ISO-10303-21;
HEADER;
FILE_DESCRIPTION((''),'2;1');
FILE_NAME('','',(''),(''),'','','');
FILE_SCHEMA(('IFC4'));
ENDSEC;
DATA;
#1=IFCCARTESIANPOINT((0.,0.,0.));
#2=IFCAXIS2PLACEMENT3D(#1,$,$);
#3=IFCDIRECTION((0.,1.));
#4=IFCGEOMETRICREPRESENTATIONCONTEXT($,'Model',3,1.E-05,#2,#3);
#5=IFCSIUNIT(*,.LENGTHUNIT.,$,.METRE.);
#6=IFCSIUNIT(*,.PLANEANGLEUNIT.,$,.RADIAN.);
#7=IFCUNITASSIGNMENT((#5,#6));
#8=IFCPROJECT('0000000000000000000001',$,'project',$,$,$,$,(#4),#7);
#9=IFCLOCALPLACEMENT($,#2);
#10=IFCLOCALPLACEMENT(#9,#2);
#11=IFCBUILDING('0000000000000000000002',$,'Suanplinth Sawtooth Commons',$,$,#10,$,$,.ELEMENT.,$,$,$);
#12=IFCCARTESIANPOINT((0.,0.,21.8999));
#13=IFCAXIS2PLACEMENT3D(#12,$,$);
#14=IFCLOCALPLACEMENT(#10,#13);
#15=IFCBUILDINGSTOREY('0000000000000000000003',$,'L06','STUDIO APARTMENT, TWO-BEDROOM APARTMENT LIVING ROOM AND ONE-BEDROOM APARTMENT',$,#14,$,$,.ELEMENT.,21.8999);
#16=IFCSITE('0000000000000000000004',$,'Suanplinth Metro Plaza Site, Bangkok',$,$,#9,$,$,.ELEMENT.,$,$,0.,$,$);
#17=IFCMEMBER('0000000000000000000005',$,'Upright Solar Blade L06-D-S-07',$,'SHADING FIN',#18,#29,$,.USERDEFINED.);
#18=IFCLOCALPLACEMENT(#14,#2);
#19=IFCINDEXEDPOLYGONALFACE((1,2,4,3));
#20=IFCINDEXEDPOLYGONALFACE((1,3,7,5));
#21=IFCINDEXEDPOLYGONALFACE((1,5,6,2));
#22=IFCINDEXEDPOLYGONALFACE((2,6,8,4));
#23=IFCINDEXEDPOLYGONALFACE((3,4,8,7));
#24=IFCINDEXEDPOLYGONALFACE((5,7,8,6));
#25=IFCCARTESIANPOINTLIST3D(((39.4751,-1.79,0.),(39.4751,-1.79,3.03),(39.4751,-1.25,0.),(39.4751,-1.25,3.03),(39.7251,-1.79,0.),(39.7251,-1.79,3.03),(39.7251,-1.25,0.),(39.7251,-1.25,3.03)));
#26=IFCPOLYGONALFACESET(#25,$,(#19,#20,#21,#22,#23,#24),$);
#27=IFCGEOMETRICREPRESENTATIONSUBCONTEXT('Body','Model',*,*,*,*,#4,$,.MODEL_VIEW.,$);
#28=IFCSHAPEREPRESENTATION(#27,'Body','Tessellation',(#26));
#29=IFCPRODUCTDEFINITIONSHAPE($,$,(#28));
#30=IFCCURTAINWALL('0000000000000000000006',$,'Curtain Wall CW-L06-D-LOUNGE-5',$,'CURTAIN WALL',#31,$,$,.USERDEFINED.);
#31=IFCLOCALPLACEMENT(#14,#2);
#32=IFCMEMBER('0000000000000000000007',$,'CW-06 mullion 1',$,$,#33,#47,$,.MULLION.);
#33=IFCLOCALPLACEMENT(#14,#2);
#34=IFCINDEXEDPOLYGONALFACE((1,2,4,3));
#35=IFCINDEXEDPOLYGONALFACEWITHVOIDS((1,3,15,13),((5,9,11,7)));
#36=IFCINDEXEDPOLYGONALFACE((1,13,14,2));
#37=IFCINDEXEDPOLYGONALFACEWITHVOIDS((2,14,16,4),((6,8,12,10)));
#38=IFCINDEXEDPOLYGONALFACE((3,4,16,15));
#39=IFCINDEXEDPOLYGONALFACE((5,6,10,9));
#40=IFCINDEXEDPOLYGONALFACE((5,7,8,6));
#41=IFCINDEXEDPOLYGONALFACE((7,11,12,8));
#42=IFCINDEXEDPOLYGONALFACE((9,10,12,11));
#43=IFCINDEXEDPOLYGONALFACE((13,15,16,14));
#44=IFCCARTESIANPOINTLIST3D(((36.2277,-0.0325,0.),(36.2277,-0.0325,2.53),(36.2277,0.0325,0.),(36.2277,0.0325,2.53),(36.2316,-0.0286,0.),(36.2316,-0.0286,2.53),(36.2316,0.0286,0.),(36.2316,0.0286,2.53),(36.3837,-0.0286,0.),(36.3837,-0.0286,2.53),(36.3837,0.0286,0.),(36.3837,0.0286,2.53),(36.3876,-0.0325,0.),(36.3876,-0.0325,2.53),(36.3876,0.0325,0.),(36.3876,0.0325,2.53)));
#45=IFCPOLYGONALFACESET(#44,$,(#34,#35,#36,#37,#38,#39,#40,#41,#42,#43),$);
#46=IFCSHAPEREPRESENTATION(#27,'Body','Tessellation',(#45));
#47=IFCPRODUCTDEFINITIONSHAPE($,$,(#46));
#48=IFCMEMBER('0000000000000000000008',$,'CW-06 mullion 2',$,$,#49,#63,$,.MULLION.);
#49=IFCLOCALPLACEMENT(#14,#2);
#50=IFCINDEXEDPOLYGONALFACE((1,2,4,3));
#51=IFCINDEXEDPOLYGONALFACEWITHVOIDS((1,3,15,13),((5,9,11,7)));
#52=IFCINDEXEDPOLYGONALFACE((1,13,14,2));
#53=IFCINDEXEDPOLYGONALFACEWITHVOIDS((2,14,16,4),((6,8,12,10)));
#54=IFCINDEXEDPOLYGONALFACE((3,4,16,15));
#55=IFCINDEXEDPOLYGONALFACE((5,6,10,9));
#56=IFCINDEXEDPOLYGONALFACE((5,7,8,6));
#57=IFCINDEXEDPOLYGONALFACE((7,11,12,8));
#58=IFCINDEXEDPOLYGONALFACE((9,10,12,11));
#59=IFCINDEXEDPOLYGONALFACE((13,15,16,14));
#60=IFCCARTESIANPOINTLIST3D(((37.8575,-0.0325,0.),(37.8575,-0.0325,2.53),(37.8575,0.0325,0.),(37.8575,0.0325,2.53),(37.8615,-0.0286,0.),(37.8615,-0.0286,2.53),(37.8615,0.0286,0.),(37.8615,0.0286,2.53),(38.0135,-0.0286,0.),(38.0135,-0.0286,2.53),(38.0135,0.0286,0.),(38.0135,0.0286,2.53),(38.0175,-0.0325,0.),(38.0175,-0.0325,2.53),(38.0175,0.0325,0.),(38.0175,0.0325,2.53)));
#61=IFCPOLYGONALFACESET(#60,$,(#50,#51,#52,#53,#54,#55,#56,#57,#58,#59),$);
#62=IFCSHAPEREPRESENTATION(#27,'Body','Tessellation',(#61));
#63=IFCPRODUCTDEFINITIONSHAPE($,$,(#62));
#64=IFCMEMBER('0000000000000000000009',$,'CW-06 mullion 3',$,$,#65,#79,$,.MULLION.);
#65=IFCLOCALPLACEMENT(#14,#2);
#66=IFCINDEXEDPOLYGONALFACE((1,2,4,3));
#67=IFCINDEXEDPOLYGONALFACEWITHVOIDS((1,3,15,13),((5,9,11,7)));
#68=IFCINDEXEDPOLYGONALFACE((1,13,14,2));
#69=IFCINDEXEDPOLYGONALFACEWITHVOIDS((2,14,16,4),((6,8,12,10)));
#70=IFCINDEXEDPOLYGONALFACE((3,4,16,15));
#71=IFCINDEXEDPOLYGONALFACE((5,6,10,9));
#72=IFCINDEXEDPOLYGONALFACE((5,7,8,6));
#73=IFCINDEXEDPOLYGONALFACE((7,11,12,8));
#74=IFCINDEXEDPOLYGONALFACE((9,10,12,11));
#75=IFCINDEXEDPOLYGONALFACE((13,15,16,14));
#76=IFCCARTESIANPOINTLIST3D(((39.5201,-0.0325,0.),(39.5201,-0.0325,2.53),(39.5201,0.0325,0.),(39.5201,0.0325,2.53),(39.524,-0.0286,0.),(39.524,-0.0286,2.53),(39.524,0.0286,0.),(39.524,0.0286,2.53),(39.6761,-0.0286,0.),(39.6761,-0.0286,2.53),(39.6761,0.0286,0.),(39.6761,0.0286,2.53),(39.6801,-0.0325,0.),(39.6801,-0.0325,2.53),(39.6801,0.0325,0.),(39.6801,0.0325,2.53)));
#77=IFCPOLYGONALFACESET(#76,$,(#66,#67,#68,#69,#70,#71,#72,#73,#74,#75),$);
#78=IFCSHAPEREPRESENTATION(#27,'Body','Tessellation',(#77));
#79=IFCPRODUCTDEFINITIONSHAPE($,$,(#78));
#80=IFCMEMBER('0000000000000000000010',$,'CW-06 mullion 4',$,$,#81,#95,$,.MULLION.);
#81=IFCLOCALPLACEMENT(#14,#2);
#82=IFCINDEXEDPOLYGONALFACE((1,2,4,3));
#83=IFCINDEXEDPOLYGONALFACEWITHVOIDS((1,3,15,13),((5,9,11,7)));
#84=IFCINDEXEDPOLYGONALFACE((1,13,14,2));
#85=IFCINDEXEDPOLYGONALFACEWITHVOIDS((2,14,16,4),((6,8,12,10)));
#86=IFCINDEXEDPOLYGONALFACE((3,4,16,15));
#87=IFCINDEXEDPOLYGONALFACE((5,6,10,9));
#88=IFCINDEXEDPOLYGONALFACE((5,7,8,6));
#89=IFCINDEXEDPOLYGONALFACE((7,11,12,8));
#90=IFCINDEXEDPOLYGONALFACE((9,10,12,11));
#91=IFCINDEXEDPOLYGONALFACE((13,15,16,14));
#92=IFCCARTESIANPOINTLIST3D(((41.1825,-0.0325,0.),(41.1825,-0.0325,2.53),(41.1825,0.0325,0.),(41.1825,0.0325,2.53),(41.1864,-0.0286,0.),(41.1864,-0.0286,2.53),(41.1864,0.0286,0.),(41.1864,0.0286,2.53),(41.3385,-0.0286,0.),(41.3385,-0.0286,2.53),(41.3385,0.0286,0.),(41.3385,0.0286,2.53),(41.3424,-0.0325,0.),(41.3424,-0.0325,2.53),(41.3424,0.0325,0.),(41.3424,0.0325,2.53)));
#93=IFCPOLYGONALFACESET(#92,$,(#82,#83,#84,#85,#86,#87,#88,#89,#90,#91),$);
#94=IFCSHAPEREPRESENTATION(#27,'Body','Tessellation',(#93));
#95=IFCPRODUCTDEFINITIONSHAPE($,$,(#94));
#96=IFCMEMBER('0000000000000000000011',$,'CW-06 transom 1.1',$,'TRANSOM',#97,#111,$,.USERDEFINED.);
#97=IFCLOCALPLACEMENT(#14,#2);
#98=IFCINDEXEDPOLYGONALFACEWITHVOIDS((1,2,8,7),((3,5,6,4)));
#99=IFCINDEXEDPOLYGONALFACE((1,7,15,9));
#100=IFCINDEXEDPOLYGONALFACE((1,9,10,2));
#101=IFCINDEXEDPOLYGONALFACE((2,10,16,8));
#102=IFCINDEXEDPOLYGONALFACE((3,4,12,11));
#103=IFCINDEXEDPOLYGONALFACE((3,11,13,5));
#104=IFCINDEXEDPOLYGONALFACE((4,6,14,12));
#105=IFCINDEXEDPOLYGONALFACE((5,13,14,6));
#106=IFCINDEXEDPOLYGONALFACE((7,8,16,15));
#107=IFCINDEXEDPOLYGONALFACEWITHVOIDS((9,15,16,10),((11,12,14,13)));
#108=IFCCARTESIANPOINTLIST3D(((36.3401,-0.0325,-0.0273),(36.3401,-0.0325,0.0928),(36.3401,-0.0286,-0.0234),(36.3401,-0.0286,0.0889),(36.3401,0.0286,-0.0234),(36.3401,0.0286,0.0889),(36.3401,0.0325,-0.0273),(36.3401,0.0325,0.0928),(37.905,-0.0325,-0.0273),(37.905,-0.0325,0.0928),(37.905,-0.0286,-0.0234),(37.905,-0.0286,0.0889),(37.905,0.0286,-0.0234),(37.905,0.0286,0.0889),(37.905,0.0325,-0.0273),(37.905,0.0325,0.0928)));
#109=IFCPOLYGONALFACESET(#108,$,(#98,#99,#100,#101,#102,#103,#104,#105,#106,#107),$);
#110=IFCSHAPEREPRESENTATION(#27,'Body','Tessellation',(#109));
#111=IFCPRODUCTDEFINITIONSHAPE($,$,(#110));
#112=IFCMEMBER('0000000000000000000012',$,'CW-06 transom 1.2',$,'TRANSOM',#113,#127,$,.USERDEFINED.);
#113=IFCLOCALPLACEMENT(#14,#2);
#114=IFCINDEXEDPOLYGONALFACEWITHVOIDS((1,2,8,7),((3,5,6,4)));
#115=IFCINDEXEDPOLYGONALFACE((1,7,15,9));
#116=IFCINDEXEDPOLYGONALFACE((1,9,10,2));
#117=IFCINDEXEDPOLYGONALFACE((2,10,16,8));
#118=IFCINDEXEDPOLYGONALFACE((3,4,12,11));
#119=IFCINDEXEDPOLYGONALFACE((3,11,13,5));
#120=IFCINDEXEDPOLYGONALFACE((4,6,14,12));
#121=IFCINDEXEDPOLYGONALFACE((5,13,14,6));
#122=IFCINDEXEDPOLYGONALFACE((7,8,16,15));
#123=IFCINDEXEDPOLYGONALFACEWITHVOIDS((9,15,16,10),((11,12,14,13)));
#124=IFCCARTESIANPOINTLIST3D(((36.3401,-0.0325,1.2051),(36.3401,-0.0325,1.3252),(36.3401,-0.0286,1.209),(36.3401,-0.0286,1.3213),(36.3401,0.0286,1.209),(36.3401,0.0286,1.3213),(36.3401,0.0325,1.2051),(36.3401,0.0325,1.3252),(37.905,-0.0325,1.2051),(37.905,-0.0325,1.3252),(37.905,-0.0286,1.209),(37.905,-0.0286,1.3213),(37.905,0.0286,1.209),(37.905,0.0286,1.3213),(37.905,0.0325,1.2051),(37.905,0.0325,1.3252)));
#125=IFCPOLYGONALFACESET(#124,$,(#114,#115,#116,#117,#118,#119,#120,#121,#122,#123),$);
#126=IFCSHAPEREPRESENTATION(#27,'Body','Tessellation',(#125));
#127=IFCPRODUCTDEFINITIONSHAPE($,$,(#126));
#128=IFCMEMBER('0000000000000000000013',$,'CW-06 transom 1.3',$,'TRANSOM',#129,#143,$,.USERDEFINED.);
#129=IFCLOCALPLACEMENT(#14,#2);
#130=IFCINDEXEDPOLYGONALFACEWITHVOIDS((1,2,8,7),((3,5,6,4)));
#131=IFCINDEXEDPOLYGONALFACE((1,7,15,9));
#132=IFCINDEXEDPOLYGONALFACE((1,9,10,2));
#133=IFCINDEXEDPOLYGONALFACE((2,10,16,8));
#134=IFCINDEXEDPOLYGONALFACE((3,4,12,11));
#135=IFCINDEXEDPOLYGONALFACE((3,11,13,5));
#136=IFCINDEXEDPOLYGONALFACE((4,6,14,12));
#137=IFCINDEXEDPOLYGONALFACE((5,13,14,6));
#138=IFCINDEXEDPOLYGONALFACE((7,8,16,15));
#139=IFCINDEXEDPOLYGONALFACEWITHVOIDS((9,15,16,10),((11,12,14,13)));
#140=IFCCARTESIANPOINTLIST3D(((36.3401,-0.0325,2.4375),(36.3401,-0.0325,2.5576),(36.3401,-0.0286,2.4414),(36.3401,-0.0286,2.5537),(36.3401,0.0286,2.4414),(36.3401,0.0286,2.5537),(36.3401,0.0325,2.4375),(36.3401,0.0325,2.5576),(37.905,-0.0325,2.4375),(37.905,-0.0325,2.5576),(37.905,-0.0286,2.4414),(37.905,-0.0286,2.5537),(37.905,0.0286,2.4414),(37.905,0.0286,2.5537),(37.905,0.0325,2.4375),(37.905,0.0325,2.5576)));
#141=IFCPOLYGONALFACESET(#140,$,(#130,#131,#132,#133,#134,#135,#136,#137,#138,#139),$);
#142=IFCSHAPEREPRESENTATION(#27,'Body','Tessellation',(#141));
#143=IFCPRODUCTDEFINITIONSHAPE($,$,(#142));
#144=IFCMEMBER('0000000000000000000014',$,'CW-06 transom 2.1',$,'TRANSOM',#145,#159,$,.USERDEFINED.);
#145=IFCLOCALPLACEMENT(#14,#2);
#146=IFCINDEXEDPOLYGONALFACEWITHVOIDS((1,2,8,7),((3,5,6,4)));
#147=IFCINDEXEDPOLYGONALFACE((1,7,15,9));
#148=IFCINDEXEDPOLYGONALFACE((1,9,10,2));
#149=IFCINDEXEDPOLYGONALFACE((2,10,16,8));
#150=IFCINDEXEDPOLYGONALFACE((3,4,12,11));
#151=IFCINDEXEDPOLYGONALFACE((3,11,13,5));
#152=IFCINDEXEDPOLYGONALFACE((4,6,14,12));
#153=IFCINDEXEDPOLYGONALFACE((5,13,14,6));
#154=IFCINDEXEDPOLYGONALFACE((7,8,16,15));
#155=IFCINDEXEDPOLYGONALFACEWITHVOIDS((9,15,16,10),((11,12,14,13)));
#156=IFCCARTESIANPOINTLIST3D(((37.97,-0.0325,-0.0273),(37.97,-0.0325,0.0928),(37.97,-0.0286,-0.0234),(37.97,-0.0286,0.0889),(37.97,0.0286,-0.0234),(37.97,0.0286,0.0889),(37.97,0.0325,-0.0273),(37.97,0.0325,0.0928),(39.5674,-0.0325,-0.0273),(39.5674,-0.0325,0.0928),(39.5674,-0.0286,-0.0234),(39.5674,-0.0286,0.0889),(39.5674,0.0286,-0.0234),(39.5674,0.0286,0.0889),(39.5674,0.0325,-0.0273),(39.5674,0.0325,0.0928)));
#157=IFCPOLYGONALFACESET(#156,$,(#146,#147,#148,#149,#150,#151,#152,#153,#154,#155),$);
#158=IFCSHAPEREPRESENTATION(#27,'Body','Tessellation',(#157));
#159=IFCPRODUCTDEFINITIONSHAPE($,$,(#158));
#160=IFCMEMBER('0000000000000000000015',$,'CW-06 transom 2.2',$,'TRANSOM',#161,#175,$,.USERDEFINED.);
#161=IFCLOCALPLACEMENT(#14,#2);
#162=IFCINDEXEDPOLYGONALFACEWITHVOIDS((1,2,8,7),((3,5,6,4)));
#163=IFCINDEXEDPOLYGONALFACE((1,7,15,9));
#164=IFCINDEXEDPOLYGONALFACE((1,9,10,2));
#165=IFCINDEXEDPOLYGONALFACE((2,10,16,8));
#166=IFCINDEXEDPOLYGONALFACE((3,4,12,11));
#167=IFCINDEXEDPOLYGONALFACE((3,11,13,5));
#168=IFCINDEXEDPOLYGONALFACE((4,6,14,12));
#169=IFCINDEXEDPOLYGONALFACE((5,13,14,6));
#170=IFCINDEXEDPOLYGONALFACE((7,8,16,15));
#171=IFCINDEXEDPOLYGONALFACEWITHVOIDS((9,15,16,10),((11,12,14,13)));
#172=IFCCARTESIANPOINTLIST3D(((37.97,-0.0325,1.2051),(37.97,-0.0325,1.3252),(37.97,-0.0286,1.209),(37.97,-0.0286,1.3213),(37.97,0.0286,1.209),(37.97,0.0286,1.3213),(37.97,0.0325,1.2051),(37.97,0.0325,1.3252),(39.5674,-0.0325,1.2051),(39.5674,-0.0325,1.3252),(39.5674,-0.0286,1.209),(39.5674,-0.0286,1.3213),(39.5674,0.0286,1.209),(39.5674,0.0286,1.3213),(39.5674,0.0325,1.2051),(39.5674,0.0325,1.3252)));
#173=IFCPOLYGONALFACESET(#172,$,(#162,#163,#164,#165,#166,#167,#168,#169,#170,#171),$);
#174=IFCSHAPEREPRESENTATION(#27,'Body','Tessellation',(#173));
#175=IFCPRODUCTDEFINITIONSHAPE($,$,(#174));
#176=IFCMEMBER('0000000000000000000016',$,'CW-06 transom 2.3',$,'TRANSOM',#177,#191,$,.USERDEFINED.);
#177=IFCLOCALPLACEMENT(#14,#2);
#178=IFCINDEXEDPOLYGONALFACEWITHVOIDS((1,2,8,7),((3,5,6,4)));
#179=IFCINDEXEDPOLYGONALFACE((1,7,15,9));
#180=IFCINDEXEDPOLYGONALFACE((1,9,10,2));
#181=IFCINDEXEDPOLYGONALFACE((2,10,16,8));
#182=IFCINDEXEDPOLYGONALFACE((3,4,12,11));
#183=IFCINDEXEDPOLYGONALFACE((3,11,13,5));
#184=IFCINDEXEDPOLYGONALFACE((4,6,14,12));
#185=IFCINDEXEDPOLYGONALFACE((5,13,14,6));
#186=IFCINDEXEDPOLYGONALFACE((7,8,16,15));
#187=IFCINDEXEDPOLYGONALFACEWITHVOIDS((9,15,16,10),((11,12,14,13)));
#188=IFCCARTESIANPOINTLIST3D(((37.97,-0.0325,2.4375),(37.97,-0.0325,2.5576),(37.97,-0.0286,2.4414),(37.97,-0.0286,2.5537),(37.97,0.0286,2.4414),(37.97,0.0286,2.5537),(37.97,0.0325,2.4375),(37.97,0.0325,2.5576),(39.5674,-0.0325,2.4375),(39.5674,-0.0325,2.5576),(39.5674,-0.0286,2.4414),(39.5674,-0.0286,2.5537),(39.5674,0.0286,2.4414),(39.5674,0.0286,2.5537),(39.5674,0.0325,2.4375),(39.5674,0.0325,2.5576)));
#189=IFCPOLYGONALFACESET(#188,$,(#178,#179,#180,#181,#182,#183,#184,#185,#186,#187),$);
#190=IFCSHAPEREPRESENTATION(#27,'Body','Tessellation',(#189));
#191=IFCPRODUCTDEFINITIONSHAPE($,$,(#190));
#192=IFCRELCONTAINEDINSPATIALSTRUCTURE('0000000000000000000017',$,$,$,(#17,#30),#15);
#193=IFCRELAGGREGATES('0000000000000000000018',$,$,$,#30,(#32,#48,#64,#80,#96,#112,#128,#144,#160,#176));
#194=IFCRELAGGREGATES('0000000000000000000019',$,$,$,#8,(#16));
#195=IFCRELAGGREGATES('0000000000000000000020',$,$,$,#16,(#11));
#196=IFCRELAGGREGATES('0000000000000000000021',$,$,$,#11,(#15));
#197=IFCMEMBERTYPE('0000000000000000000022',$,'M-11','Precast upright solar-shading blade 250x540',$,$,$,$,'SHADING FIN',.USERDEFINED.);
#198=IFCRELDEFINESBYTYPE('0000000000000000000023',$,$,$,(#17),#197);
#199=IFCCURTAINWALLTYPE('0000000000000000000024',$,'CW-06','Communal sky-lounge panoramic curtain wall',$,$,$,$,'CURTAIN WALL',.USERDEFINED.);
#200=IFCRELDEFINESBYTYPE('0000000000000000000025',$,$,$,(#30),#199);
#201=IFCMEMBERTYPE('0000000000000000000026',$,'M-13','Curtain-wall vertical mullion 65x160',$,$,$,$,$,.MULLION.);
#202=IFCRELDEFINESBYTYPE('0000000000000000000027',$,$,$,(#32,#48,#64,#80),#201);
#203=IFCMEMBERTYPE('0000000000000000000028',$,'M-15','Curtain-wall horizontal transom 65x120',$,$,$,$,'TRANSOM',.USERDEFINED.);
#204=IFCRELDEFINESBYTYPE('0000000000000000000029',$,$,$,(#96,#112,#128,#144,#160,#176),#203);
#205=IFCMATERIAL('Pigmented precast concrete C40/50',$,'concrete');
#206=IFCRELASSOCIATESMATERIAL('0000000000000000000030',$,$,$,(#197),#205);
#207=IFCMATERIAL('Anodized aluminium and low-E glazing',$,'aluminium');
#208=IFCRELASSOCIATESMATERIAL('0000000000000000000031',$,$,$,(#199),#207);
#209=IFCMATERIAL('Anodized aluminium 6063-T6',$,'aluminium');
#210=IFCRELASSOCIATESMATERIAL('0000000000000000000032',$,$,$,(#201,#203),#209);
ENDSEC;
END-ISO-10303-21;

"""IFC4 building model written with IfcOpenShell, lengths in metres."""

from ifc_helpers import new_model, si_unit, direction, frame, origin, origin_2d, place, context, subcontext, project, spatial, rectangle, hollow_rectangle, extrude, material, material_profile, profile_set, type_object, element, aggregate, save


model = new_model("IFC4")

# Units and contexts
model_context = context("Model", 3, precision=1e-05, world=origin(), true_north=direction((0.0, 1.0)))
body_context = subcontext(model_context, "Body", "Model", "MODEL_VIEW")
ifc_project = project(units=[si_unit("LENGTHUNIT", "METRE"), si_unit("PLANEANGLEUNIT", "RADIAN")], contexts=[model_context])

# Site, building, storey
site_placement = place(None, origin())
site = spatial("IfcSite", under=ifc_project, at=site_placement, Name="Suanplinth Metro Plaza Site, Bangkok", CompositionType="ELEMENT", RefElevation=0.0)
building_placement = place(site_placement, origin())
building = spatial("IfcBuilding", under=site, at=building_placement, Name="Suanplinth Sawtooth Commons", CompositionType="ELEMENT")
storey_placement = place(building_placement, frame((0.0, 0.0, 21.8999)))
storey = spatial("IfcBuildingStorey", under=building, at=storey_placement, Name="L06", Description="STUDIO APARTMENT, TWO-BEDROOM APARTMENT LIVING ROOM AND ONE-BEDROOM APARTMENT", CompositionType="ELEMENT", Elevation=21.8999)

# Member
ifc_material_1 = material(Name="Pigmented precast concrete C40/50", Category="concrete")
ifc_material_profile_1 = material_profile(ifc_material_1, rectangle(XDim=0.25, YDim=0.54, at=origin_2d()), Name="PC-FIN 250x540")
ifc_profile_set_1 = profile_set([ifc_material_profile_1], Name="Pigmented precast concrete C40/50")
member_type_1 = type_object("IfcMemberType", Name="M-11", Description="Precast upright solar-shading blade 250x540", ElementType="SHADING FIN", PredefinedType="USERDEFINED", material=ifc_profile_set_1)
member_1_placement = place(storey_placement, frame((39.6001, -1.52, 0.0), z_axis=(0.0, 0.0, 1.0), x_axis=(1.0, 0.0, 0.0)))
element("IfcMember", 1, at=member_1_placement, inside=storey, type_object=member_type_1, Name="Upright Solar Blade L06-D-S-07", ObjectType="SHADING FIN", PredefinedType="USERDEFINED", context=body_context, shape_type="SweptSolid", body=[
    extrude(rectangle(XDim=0.25, YDim=0.54, at=origin_2d()), origin(), (0.0, 0.0, 1.0), 3.03),
])

# Curtain wall, members
ifc_material_2 = material(Name="Anodized aluminium and low-E glazing", Category="aluminium")
curtain_wall_type = type_object("IfcCurtainWallType", Name="CW-06", Description="Communal sky-lounge panoramic curtain wall", ElementType="CURTAIN WALL", PredefinedType="USERDEFINED", material=ifc_material_2)
curtain_wall_placement = place(storey_placement, origin())
curtain_wall = element("IfcCurtainWall", 2, at=curtain_wall_placement, inside=storey, type_object=curtain_wall_type, Name="Curtain Wall CW-L06-D-LOUNGE-5", ObjectType="CURTAIN WALL", PredefinedType="USERDEFINED")
ifc_material_3 = material(Name="Anodized aluminium 6063-T6", Category="aluminium")
ifc_material_profile_2 = material_profile(ifc_material_3, hollow_rectangle(XDim=0.0649, YDim=0.1599, WallThickness=0.0039, at=origin_2d()), Name="ALU-MUL 65x160")
ifc_profile_set_2 = profile_set([ifc_material_profile_2], Name="Anodized aluminium 6063-T6")
member_type_2 = type_object("IfcMemberType", Name="M-13", Description="Curtain-wall vertical mullion 65x160", PredefinedType="MULLION", material=ifc_profile_set_2)
member_2_placement = place(storey_placement, frame((36.3076, 0.0, 0.0), z_axis=(0.0, 0.0, 1.0), x_axis=(0.0, 1.0, 0.0)))
member_2 = element("IfcMember", 3, at=member_2_placement, type_object=member_type_2, Name="CW-06 mullion 1", PredefinedType="MULLION", context=body_context, shape_type="SweptSolid", body=[
    extrude(hollow_rectangle(XDim=0.0649, YDim=0.1599, WallThickness=0.0039, at=origin_2d()), origin(), (0.0, 0.0, 1.0), 2.53),
])
member_3_placement = place(storey_placement, frame((37.9375, 0.0, 0.0), z_axis=(0.0, 0.0, 1.0), x_axis=(0.0, 1.0, 0.0)))
member_3 = element("IfcMember", 4, at=member_3_placement, type_object=member_type_2, Name="CW-06 mullion 2", PredefinedType="MULLION", context=body_context, shape_type="SweptSolid", body=[
    extrude(hollow_rectangle(XDim=0.0649, YDim=0.1599, WallThickness=0.0039, at=origin_2d()), origin(), (0.0, 0.0, 1.0), 2.53),
])
member_4_placement = place(storey_placement, frame((39.6001, 0.0, 0.0), z_axis=(0.0, 0.0, 1.0), x_axis=(0.0, 1.0, 0.0)))
member_4 = element("IfcMember", 5, at=member_4_placement, type_object=member_type_2, Name="CW-06 mullion 3", PredefinedType="MULLION", context=body_context, shape_type="SweptSolid", body=[
    extrude(hollow_rectangle(XDim=0.0649, YDim=0.1599, WallThickness=0.0039, at=origin_2d()), origin(), (0.0, 0.0, 1.0), 2.53),
])
member_5_placement = place(storey_placement, frame((41.2625, 0.0, 0.0), z_axis=(0.0, 0.0, 1.0), x_axis=(0.0, 1.0, 0.0)))
member_5 = element("IfcMember", 6, at=member_5_placement, type_object=member_type_2, Name="CW-06 mullion 4", PredefinedType="MULLION", context=body_context, shape_type="SweptSolid", body=[
    extrude(hollow_rectangle(XDim=0.0649, YDim=0.1599, WallThickness=0.0039, at=origin_2d()), origin(), (0.0, 0.0, 1.0), 2.53),
])
ifc_material_profile_3 = material_profile(ifc_material_3, hollow_rectangle(XDim=0.0649, YDim=0.1201, WallThickness=0.0039, at=origin_2d()), Name="ALU-TRN 65x120")
ifc_profile_set_3 = profile_set([ifc_material_profile_3], Name="Anodized aluminium 6063-T6")
member_type_3 = type_object("IfcMemberType", Name="M-15", Description="Curtain-wall horizontal transom 65x120", ElementType="TRANSOM", PredefinedType="USERDEFINED", material=ifc_profile_set_3)
member_6_placement = place(storey_placement, frame((36.3401, 0.0, 0.0327), z_axis=(1.0, 0.0, 0.0), x_axis=(0.0, 1.0, 0.0)))
member_6 = element("IfcMember", 7, at=member_6_placement, type_object=member_type_3, Name="CW-06 transom 1.1", ObjectType="TRANSOM", PredefinedType="USERDEFINED", context=body_context, shape_type="SweptSolid", body=[
    extrude(hollow_rectangle(XDim=0.0649, YDim=0.1201, WallThickness=0.0039, at=origin_2d()), origin(), (0.0, 0.0, 1.0), 1.5649),
])
member_7_placement = place(storey_placement, frame((36.3401, 0.0, 1.2651), z_axis=(1.0, 0.0, 0.0), x_axis=(0.0, 1.0, 0.0)))
member_7 = element("IfcMember", 8, at=member_7_placement, type_object=member_type_3, Name="CW-06 transom 1.2", ObjectType="TRANSOM", PredefinedType="USERDEFINED", context=body_context, shape_type="SweptSolid", body=[
    extrude(hollow_rectangle(XDim=0.0649, YDim=0.1201, WallThickness=0.0039, at=origin_2d()), origin(), (0.0, 0.0, 1.0), 1.5649),
])
member_8_placement = place(storey_placement, frame((36.3401, 0.0, 2.4976), z_axis=(1.0, 0.0, 0.0), x_axis=(0.0, 1.0, 0.0)))
member_8 = element("IfcMember", 9, at=member_8_placement, type_object=member_type_3, Name="CW-06 transom 1.3", ObjectType="TRANSOM", PredefinedType="USERDEFINED", context=body_context, shape_type="SweptSolid", body=[
    extrude(hollow_rectangle(XDim=0.0649, YDim=0.1201, WallThickness=0.0039, at=origin_2d()), origin(), (0.0, 0.0, 1.0), 1.5649),
])
member_9_placement = place(storey_placement, frame((37.97, 0.0, 0.0327), z_axis=(1.0, 0.0, 0.0), x_axis=(0.0, 1.0, 0.0)))
member_9 = element("IfcMember", 10, at=member_9_placement, type_object=member_type_3, Name="CW-06 transom 2.1", ObjectType="TRANSOM", PredefinedType="USERDEFINED", context=body_context, shape_type="SweptSolid", body=[
    extrude(hollow_rectangle(XDim=0.0649, YDim=0.1201, WallThickness=0.0039, at=origin_2d()), origin(), (0.0, 0.0, 1.0), 1.5974),
])
member_10_placement = place(storey_placement, frame((37.97, 0.0, 1.2651), z_axis=(1.0, 0.0, 0.0), x_axis=(0.0, 1.0, 0.0)))
member_10 = element("IfcMember", 11, at=member_10_placement, type_object=member_type_3, Name="CW-06 transom 2.2", ObjectType="TRANSOM", PredefinedType="USERDEFINED", context=body_context, shape_type="SweptSolid", body=[
    extrude(hollow_rectangle(XDim=0.0649, YDim=0.1201, WallThickness=0.0039, at=origin_2d()), origin(), (0.0, 0.0, 1.0), 1.5974),
])
member_11_placement = place(storey_placement, frame((37.97, 0.0, 2.4976), z_axis=(1.0, 0.0, 0.0), x_axis=(0.0, 1.0, 0.0)))
member_11 = element("IfcMember", 12, at=member_11_placement, type_object=member_type_3, Name="CW-06 transom 2.3", ObjectType="TRANSOM", PredefinedType="USERDEFINED", context=body_context, shape_type="SweptSolid", body=[
    extrude(hollow_rectangle(XDim=0.0649, YDim=0.1201, WallThickness=0.0039, at=origin_2d()), origin(), (0.0, 0.0, 1.0), 1.5974),
])
aggregate(curtain_wall, [member_2, member_3, member_4, member_5, member_6, member_7, member_8, member_9, member_10, member_11])

save(model, "model.ifc")
